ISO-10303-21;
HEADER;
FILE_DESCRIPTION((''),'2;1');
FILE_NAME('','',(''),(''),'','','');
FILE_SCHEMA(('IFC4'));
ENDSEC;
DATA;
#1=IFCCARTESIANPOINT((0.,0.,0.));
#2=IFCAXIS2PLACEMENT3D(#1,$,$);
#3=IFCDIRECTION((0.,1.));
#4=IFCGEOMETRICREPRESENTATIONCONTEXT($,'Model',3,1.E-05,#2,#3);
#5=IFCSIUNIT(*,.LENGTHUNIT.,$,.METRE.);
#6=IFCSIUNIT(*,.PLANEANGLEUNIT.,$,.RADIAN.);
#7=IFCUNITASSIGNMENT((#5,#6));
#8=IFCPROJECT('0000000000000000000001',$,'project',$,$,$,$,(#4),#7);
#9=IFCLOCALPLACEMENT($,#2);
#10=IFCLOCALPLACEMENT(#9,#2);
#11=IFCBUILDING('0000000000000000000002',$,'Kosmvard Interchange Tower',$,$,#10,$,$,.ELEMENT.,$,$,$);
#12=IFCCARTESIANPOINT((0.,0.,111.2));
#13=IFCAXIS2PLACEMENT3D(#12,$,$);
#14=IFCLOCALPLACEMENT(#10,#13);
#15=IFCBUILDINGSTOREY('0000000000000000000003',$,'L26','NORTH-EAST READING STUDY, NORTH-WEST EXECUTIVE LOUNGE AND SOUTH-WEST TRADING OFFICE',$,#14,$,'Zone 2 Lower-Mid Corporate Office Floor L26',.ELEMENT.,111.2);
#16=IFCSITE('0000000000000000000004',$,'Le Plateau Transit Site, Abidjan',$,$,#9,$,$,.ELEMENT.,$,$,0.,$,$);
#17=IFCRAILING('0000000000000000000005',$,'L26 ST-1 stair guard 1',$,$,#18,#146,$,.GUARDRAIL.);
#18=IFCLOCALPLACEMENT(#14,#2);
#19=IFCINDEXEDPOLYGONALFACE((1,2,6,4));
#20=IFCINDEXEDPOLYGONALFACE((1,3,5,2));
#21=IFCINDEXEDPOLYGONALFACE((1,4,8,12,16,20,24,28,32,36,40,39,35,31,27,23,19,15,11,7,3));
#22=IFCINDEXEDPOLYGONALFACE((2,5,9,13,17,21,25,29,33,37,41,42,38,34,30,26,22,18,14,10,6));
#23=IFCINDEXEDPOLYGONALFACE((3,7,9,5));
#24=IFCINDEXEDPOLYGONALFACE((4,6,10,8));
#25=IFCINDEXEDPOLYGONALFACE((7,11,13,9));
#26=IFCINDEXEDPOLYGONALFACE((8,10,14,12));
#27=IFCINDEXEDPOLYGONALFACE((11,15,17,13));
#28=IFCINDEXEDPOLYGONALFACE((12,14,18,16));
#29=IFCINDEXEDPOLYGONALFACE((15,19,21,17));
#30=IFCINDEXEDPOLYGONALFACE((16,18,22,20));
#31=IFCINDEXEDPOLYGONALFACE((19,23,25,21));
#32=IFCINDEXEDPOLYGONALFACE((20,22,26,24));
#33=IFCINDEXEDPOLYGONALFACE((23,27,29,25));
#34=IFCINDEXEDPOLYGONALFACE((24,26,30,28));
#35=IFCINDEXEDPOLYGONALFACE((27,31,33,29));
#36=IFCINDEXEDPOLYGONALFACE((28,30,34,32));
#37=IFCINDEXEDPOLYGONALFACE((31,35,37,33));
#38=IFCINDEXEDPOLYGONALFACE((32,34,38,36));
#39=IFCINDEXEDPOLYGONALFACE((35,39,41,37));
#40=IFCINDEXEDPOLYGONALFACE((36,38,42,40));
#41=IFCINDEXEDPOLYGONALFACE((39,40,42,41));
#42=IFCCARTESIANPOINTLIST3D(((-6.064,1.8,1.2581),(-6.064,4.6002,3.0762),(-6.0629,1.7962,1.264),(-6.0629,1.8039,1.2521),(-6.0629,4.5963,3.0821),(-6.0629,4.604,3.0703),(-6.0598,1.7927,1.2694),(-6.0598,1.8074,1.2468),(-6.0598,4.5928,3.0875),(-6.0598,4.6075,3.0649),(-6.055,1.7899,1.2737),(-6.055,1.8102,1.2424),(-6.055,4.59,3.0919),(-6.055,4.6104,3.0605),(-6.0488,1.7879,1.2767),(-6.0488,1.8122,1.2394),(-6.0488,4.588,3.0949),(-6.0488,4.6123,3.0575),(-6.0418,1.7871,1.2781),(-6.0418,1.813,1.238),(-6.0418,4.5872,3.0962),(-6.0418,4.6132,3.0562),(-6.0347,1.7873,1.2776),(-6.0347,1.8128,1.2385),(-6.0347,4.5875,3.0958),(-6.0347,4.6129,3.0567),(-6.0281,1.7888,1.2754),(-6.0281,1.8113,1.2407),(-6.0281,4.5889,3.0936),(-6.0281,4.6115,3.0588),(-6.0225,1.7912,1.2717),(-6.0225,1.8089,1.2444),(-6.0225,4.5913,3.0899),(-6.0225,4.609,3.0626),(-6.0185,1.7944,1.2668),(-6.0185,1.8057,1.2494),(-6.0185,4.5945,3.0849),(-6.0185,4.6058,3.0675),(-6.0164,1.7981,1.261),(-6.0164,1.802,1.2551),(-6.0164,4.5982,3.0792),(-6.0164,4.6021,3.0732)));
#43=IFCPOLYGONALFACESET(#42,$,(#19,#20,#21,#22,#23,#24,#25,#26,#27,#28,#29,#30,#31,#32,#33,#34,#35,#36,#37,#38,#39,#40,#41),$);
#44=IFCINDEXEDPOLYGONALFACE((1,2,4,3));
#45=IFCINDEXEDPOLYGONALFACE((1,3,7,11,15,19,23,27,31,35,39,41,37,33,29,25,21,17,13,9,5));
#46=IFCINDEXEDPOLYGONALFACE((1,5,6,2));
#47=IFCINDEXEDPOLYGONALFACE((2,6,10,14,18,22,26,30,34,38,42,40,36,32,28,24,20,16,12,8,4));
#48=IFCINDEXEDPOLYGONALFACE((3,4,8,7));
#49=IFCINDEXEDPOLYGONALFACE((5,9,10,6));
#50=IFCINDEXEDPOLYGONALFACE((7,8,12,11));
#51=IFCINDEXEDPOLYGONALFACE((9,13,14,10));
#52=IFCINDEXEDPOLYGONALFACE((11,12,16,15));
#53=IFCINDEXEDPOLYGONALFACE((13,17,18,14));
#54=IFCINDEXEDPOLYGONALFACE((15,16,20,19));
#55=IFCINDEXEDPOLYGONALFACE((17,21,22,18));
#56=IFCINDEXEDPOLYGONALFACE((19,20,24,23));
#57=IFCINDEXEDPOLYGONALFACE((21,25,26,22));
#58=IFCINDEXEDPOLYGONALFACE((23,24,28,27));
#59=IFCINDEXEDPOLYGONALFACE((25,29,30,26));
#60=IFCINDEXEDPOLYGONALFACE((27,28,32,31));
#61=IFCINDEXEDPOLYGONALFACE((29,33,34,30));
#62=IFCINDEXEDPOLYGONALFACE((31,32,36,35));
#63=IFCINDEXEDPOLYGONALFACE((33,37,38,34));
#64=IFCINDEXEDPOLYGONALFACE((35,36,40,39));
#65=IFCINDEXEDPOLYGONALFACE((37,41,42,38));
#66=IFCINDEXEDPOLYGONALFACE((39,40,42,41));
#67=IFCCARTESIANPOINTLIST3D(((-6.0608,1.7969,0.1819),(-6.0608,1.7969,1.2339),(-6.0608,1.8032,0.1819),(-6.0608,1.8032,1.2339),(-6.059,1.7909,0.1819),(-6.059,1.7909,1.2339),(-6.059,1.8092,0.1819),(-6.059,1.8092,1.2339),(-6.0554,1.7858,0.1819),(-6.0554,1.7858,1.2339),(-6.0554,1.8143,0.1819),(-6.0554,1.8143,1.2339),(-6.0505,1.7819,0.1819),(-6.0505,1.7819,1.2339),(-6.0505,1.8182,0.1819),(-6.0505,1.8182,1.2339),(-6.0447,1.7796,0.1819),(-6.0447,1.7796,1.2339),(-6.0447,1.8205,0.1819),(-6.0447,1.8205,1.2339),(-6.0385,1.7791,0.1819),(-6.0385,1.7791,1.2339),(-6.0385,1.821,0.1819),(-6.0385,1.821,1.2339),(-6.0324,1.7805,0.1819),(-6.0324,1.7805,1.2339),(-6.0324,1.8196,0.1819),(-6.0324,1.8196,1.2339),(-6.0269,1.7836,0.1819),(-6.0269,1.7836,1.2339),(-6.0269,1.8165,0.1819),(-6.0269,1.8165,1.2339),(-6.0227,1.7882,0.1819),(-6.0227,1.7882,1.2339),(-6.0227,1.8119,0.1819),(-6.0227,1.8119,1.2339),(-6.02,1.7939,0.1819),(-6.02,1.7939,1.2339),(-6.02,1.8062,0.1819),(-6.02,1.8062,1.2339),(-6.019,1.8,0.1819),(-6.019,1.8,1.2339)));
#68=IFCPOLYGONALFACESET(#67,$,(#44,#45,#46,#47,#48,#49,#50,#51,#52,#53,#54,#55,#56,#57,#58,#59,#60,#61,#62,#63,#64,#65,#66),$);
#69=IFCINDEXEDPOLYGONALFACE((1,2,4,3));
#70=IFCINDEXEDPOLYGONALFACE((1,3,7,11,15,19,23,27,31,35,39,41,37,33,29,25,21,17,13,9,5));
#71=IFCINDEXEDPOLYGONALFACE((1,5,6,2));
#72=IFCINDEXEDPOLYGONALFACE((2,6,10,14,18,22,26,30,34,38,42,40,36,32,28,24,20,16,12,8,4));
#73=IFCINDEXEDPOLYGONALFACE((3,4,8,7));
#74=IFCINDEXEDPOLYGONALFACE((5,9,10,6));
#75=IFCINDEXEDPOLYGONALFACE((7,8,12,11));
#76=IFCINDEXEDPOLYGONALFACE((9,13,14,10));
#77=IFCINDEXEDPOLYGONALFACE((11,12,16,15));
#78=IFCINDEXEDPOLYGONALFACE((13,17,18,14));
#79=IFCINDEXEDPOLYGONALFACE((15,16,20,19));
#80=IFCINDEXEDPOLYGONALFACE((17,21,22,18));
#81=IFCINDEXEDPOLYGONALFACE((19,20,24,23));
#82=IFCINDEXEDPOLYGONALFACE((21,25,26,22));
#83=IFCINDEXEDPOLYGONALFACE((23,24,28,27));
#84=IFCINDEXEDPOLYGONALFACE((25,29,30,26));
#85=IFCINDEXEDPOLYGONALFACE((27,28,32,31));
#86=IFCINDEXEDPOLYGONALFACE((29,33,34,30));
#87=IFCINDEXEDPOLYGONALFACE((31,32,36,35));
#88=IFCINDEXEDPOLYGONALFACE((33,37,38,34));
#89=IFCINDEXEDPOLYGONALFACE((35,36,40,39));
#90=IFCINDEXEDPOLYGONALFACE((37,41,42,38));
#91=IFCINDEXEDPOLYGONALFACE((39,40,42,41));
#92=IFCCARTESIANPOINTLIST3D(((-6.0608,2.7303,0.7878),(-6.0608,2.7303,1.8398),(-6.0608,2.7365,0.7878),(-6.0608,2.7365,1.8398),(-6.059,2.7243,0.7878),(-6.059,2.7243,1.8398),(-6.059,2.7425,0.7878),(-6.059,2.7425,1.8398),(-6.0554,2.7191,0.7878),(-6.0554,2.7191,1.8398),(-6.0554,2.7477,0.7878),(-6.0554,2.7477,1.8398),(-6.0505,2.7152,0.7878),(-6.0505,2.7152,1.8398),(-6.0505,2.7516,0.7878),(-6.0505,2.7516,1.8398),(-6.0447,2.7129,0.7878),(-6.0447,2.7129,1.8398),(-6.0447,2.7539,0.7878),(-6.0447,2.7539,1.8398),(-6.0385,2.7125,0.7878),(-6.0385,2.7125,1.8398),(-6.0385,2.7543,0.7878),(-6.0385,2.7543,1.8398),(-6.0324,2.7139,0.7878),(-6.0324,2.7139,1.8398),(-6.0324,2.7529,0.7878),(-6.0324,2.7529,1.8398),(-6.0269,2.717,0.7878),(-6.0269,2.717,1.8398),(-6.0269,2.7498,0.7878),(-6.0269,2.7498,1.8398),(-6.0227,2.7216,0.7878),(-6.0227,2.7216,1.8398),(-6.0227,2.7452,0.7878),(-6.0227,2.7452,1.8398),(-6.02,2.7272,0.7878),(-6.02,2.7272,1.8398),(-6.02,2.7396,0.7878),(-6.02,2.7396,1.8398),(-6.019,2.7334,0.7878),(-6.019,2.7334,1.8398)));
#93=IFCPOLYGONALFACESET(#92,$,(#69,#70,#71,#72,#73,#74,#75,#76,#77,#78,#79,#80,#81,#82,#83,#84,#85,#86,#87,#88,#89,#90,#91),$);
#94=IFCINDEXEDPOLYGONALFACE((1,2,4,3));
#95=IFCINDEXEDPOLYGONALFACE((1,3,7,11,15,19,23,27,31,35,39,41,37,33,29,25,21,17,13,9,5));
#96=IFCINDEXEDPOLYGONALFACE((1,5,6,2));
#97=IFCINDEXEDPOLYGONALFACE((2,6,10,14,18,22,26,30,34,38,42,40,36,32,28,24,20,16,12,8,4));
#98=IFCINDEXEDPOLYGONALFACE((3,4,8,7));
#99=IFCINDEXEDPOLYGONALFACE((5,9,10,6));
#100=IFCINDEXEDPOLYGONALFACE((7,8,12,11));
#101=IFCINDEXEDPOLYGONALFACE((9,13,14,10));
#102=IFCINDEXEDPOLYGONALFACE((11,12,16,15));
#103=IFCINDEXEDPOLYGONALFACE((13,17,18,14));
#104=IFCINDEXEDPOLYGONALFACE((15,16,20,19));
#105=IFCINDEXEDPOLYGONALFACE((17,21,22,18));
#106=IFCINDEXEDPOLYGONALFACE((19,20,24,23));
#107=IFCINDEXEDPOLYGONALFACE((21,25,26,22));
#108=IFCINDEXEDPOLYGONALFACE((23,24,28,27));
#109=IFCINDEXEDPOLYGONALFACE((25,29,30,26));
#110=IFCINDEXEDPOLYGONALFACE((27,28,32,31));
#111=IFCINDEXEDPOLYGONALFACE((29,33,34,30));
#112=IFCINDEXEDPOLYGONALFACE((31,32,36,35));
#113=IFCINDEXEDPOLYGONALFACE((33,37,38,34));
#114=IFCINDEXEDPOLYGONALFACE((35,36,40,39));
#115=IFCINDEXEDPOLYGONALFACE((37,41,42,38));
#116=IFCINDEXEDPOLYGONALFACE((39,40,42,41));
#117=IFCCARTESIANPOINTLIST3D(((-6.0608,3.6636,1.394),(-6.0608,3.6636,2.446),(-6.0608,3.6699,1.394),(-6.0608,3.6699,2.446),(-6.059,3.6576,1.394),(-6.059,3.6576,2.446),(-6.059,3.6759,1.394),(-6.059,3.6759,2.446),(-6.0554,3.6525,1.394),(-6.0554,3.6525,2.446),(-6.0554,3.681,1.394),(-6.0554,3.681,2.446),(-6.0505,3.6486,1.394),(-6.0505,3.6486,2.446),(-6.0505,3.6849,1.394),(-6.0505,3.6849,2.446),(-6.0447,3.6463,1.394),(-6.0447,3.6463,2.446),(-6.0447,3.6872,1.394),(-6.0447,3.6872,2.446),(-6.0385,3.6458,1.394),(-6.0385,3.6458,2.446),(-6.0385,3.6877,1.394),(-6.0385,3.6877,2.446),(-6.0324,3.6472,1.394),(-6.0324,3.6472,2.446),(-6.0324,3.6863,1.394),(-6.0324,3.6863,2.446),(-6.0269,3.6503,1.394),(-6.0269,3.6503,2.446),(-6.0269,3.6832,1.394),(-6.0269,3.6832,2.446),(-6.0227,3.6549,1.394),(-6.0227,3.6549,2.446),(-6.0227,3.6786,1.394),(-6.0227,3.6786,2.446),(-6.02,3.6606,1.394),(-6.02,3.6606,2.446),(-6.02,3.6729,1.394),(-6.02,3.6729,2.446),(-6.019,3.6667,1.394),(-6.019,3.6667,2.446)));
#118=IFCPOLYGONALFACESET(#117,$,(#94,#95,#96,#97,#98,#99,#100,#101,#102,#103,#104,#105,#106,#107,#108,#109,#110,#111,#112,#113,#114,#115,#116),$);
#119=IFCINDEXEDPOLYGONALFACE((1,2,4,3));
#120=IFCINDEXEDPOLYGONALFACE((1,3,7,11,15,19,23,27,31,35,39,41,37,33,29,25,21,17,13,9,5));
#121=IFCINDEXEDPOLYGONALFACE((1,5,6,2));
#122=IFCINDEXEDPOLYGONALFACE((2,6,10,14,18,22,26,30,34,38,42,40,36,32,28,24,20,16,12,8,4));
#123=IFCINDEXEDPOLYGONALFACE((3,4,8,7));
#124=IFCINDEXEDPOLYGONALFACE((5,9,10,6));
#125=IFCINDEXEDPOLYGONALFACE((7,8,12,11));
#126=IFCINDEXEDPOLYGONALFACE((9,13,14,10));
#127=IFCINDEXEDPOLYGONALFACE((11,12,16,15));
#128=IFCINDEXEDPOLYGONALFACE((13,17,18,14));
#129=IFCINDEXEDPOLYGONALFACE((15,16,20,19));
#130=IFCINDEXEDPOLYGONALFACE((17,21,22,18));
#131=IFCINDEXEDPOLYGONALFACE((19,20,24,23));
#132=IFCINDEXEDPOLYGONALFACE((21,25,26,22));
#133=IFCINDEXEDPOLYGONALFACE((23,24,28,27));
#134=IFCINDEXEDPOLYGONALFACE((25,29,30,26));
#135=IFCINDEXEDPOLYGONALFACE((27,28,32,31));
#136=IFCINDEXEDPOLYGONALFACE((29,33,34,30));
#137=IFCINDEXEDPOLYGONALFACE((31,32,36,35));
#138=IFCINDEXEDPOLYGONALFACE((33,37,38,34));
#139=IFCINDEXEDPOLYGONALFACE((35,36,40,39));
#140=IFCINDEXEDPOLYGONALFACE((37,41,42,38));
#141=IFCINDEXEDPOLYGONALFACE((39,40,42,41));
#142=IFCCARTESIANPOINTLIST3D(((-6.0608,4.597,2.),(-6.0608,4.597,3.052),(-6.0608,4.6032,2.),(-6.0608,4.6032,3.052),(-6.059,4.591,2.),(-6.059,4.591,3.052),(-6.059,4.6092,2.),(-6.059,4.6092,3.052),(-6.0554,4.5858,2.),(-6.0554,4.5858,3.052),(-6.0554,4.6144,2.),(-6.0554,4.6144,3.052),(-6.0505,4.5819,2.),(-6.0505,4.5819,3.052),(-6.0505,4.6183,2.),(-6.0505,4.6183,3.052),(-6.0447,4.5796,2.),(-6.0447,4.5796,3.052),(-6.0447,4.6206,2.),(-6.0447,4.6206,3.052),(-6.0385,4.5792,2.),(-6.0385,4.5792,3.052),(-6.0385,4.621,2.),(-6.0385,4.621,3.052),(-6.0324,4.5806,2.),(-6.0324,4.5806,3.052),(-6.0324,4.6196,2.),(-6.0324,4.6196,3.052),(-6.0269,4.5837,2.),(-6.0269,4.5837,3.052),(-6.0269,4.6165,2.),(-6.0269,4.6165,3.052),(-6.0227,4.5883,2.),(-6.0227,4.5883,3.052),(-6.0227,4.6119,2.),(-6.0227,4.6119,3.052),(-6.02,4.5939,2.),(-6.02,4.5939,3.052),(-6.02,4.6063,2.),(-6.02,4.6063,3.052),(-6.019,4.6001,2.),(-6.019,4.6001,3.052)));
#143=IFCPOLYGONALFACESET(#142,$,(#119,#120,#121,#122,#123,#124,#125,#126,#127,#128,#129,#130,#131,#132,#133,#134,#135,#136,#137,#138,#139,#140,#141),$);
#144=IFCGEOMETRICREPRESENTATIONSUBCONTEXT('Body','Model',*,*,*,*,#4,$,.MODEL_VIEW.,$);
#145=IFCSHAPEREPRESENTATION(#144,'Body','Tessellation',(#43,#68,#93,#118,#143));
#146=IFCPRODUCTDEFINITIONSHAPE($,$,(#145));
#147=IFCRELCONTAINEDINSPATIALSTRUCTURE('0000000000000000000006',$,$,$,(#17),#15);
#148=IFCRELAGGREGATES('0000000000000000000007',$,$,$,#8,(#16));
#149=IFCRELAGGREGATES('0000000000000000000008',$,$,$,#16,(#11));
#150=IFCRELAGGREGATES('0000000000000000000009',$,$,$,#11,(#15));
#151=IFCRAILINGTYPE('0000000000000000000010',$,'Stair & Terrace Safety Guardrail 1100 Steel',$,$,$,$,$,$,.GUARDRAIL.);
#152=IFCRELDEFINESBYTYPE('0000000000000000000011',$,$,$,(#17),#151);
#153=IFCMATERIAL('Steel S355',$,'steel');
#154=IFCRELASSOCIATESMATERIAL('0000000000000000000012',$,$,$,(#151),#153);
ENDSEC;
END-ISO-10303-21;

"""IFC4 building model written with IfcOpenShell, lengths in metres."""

from ifc_helpers import new_model, si_unit, direction, frame, origin, origin_2d, place, context, subcontext, project, spatial, circle, extrude, source, transform, mapped, material, type_object, element, save


model = new_model("IFC4")

# Units and contexts
model_context = context("Model", 3, precision=1e-05, world=origin(), true_north=direction((0.0, 1.0)))
body_context = subcontext(model_context, "Body", "Model", "MODEL_VIEW")
ifc_project = project(units=[si_unit("LENGTHUNIT", "METRE"), si_unit("PLANEANGLEUNIT", "RADIAN")], contexts=[model_context])

# Site, building, storey
site_placement = place(None, origin())
site = spatial("IfcSite", under=ifc_project, at=site_placement, Name="Le Plateau Transit Site, Abidjan", CompositionType="ELEMENT", RefElevation=0.0)
building_placement = place(site_placement, origin())
building = spatial("IfcBuilding", under=site, at=building_placement, Name="Kosmvard Interchange Tower", CompositionType="ELEMENT")
storey_placement = place(building_placement, frame((0.0, 0.0, 111.2)))
storey = spatial("IfcBuildingStorey", under=building, at=storey_placement, Name="L26", Description="NORTH-EAST READING STUDY, NORTH-WEST EXECUTIVE LOUNGE AND SOUTH-WEST TRADING OFFICE", LongName="Zone 2 Lower-Mid Corporate Office Floor L26", CompositionType="ELEMENT", Elevation=111.2)

# Shared definitions
ifc_material_1 = material(Name="Steel S355", Category="steel")

# Railing
railing_type_1 = type_object("IfcRailingType", Name="Stair & Terrace Safety Guardrail 1100 Steel", PredefinedType="GUARDRAIL", material=ifc_material_1)
shared_shape_1 = source(origin(), body_context, "Body", "SweptSolid", [
    extrude(circle(Radius=0.0239, at=origin_2d()), frame((0.0, 0.0, 1.0762), z_axis=(0.0, 0.838706, 0.544585), x_axis=(-1.0, 0.0, 0.0)), (0.0, 0.0, 1.0), 3.3386),
    extrude(circle(Radius=0.021, at=origin_2d()), origin(), (0.0, 0.0, 1.0), 1.052),
    extrude(circle(Radius=0.021, at=origin_2d()), frame((0.0, 0.9333, 0.606)), (0.0, 0.0, 1.0), 1.052),
    extrude(circle(Radius=0.021, at=origin_2d()), frame((0.0, 1.8667, 1.2122)), (0.0, 0.0, 1.0), 1.052),
    extrude(circle(Radius=0.021, at=origin_2d()), frame((0.0, 2.8, 1.8181)), (0.0, 0.0, 1.0), 1.052),
])
railing_1_placement = place(storey_placement, frame((-6.04, 1.8, 0.1819)))
element("IfcRailing", 1, at=railing_1_placement, inside=storey, type_object=railing_type_1, Name="L26 ST-1 stair guard 1", PredefinedType="GUARDRAIL", context=body_context, shape_type="MappedRepresentation", body=[
    mapped(shared_shape_1, transform((0.0, 0.0, 0.0), scale=1.0)),
])

save(model, "model.ifc")
